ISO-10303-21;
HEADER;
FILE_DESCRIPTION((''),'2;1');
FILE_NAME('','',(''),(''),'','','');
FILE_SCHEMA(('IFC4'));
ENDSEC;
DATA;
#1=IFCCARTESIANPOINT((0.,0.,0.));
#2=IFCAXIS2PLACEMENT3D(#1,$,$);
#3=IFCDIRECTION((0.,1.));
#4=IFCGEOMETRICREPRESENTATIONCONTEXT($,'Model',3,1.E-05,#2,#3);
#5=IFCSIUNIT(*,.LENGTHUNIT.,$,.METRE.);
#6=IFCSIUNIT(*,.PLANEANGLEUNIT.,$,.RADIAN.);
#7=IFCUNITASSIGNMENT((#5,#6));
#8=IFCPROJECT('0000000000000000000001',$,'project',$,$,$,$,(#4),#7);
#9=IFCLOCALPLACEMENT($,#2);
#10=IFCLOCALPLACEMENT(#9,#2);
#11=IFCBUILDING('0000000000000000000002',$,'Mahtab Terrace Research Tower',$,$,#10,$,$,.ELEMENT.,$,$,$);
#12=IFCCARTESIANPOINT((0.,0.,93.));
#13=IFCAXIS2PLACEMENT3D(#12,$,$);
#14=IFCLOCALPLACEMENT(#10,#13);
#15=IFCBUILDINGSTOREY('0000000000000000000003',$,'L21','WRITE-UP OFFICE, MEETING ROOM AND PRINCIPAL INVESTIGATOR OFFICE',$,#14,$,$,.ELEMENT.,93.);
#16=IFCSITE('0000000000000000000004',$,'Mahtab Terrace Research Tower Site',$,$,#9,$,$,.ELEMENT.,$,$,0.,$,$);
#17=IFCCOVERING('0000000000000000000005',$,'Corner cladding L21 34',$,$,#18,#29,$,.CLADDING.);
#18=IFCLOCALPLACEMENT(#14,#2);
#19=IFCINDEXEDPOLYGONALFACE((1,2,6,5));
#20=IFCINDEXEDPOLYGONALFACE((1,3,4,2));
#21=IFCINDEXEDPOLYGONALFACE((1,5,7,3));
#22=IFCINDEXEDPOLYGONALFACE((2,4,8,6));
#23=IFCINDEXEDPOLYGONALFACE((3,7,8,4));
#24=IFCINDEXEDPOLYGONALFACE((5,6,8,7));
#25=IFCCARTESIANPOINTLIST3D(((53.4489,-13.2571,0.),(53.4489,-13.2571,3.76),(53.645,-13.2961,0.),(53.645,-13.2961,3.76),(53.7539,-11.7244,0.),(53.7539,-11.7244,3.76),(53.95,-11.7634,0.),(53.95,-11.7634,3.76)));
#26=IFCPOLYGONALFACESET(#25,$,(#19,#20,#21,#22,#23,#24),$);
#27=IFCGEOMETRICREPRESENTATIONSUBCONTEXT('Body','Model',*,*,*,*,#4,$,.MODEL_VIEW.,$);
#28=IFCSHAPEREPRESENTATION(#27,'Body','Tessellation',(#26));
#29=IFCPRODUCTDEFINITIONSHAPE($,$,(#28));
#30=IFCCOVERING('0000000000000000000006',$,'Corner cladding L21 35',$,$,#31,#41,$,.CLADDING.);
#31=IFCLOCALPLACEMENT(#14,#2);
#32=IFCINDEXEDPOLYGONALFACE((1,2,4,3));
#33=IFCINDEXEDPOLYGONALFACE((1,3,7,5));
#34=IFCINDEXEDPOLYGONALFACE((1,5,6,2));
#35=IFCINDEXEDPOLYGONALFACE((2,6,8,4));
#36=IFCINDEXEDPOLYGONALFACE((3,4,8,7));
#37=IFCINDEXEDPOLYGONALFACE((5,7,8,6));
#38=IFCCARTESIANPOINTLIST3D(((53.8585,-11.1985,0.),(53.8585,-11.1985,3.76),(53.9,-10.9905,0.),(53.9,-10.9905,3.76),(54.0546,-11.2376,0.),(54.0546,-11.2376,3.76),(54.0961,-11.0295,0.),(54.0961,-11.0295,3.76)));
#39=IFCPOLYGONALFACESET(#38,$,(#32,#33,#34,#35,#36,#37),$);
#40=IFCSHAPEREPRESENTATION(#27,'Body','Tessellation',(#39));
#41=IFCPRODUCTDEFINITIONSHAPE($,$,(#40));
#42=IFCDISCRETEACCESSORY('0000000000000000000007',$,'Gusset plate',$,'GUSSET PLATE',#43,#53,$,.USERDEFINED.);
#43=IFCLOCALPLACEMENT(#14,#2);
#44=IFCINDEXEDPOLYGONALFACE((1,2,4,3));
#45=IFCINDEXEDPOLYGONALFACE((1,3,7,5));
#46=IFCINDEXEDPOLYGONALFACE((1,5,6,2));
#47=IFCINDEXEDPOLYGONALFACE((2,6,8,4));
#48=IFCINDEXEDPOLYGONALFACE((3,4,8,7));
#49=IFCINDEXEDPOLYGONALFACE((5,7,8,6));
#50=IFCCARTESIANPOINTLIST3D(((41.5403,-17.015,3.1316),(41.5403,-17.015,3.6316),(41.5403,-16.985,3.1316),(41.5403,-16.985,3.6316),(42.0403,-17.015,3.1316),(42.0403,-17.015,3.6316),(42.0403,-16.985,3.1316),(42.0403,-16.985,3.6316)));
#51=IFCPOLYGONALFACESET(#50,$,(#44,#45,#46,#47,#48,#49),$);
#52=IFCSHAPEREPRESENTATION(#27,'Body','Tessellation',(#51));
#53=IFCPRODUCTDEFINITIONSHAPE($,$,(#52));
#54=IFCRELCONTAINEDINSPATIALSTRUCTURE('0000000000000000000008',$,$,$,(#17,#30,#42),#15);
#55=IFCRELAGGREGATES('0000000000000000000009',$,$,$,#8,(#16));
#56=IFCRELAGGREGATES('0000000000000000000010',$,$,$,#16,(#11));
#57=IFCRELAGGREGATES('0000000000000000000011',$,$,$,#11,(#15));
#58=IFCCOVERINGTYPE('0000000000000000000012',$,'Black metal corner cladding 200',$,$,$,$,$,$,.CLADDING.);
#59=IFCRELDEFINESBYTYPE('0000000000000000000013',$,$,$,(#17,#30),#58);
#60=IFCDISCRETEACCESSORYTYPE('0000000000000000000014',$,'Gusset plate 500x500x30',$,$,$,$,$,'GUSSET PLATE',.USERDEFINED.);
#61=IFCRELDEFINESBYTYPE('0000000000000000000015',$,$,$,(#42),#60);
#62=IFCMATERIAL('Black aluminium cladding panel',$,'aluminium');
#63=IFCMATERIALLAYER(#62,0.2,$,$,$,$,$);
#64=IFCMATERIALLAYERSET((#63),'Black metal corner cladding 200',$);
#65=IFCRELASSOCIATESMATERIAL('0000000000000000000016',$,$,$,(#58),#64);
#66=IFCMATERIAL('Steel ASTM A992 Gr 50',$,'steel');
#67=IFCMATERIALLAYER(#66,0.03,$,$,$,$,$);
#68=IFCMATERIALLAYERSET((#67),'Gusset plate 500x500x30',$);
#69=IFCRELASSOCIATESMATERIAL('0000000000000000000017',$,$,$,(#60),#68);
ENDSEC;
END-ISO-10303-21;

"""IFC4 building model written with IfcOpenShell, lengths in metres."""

from ifc_helpers import new_model, si_unit, direction, frame, origin, origin_2d, place, context, subcontext, project, spatial, rectangle, extrude, material, layer, layer_set, type_object, element, save


model = new_model("IFC4")

# Units and contexts
model_context = context("Model", 3, precision=1e-05, world=origin(), true_north=direction((0.0, 1.0)))
body_context = subcontext(model_context, "Body", "Model", "MODEL_VIEW")
ifc_project = project(units=[si_unit("LENGTHUNIT", "METRE"), si_unit("PLANEANGLEUNIT", "RADIAN")], contexts=[model_context])

# Site, building, storey
site_placement = place(None, origin())
site = spatial("IfcSite", under=ifc_project, at=site_placement, Name="Mahtab Terrace Research Tower Site", CompositionType="ELEMENT", RefElevation=0.0)
building_placement = place(site_placement, origin())
building = spatial("IfcBuilding", under=site, at=building_placement, Name="Mahtab Terrace Research Tower", CompositionType="ELEMENT")
storey_placement = place(building_placement, frame((0.0, 0.0, 93.0)))
storey = spatial("IfcBuildingStorey", under=building, at=storey_placement, Name="L21", Description="WRITE-UP OFFICE, MEETING ROOM AND PRINCIPAL INVESTIGATOR OFFICE", CompositionType="ELEMENT", Elevation=93.0)

# Shared definitions
ifc_material_1 = material(Name="Steel ASTM A992 Gr 50", Category="steel")

# Shared definitions
ifc_material_2 = material(Name="Black aluminium cladding panel", Category="aluminium")

# Coverings
ifc_layer_1 = layer(ifc_material_2, 0.2)
ifc_layer_set_1 = layer_set([ifc_layer_1], Name="Black metal corner cladding 200")
covering_type = type_object("IfcCoveringType", Name="Black metal corner cladding 200", PredefinedType="CLADDING", material=ifc_layer_set_1)
covering_1_placement = place(storey_placement, frame((53.6995, -12.5103, 0.0), z_axis=(0.0, 0.0, 1.0), x_axis=(0.195212, 0.980761, 0.0)))
element("IfcCovering", 1, at=covering_1_placement, inside=storey, type_object=covering_type, Name="Corner cladding L21 34", PredefinedType="CLADDING", context=body_context, shape_type="SweptSolid", body=[
    extrude(rectangle(XDim=1.5627, YDim=0.2, at=origin_2d()), origin(), (0.0, 0.0, 1.0), 3.76),
])
covering_2_placement = place(storey_placement, frame((53.9773, -11.114, 0.0), z_axis=(0.0, 0.0, 1.0), x_axis=(0.195212, 0.980761, 0.0)))
element("IfcCovering", 2, at=covering_2_placement, inside=storey, type_object=covering_type, Name="Corner cladding L21 35", PredefinedType="CLADDING", context=body_context, shape_type="SweptSolid", body=[
    extrude(rectangle(XDim=0.2122, YDim=0.2, at=origin_2d()), origin(), (0.0, 0.0, 1.0), 3.76),
])

# Discrete accessory
ifc_layer_2 = layer(ifc_material_1, 0.03)
ifc_layer_set_2 = layer_set([ifc_layer_2], Name="Gusset plate 500x500x30")
discrete_accessory_type = type_object("IfcDiscreteAccessoryType", Name="Gusset plate 500x500x30", ElementType="GUSSET PLATE", PredefinedType="USERDEFINED", material=ifc_layer_set_2)
discrete_accessory_placement = place(storey_placement, frame((41.7903, -17.0, 3.1316), z_axis=(0.0, 0.0, 1.0), x_axis=(1.0, 0.0, 0.0)))
element("IfcDiscreteAccessory", 3, at=discrete_accessory_placement, inside=storey, type_object=discrete_accessory_type, Name="Gusset plate", ObjectType="GUSSET PLATE", PredefinedType="USERDEFINED", context=body_context, shape_type="SweptSolid", body=[
    extrude(rectangle(XDim=0.5, YDim=0.03, at=origin_2d()), origin(), (0.0, 0.0, 1.0), 0.5),
])

save(model, "model.ifc")
